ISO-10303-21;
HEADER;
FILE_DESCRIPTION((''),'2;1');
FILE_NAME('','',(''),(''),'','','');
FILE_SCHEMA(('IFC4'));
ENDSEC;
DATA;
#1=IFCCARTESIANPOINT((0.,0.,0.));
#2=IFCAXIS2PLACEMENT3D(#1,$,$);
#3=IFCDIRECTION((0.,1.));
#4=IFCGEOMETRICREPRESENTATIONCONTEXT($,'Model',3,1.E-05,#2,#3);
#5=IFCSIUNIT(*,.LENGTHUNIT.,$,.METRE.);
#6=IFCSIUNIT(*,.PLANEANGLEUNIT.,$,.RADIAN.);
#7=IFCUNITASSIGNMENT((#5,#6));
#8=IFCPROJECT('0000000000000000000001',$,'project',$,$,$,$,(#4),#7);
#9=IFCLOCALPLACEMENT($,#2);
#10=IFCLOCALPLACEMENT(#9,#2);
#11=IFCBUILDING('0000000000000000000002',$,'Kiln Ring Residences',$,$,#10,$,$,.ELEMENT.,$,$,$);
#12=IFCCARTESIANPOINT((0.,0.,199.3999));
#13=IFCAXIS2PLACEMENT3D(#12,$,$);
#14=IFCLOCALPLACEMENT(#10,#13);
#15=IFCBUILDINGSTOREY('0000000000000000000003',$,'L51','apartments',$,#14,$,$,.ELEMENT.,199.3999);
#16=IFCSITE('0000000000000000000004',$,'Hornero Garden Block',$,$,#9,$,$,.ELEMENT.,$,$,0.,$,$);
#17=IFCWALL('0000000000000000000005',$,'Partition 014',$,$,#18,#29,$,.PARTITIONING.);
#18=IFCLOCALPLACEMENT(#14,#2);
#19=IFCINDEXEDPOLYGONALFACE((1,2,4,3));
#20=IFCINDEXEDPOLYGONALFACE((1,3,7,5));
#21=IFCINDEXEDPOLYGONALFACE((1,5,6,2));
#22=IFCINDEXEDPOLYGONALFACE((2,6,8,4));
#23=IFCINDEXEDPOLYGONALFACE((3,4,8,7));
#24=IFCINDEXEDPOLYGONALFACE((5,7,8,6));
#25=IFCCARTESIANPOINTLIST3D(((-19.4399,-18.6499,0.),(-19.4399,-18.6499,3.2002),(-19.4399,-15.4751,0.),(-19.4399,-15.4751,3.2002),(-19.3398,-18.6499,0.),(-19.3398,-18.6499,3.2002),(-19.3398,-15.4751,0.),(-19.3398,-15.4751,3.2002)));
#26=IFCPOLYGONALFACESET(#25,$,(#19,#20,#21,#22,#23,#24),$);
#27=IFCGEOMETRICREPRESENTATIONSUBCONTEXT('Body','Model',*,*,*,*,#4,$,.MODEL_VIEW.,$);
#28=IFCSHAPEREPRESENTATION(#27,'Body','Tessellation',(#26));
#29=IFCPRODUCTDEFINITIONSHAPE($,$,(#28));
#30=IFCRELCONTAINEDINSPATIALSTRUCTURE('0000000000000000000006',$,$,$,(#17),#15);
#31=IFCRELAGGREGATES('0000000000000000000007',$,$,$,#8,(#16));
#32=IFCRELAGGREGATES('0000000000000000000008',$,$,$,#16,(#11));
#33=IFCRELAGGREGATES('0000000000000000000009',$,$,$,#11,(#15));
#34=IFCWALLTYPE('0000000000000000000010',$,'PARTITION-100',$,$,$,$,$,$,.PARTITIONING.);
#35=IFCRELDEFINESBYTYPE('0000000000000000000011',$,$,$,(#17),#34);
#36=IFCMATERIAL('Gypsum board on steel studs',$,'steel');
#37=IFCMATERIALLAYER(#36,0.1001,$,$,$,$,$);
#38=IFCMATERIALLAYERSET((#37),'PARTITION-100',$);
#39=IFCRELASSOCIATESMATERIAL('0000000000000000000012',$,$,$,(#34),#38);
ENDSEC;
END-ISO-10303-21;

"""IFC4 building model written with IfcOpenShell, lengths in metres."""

from ifc_helpers import new_model, si_unit, direction, frame, frame_2d, origin, place, context, subcontext, project, spatial, rectangle, extrude, material, layer, layer_set, type_object, element, save


model = new_model("IFC4")

# Units and contexts
model_context = context("Model", 3, precision=1e-05, world=origin(), true_north=direction((0.0, 1.0)))
body_context = subcontext(model_context, "Body", "Model", "MODEL_VIEW")
ifc_project = project(units=[si_unit("LENGTHUNIT", "METRE"), si_unit("PLANEANGLEUNIT", "RADIAN")], contexts=[model_context])

# Site, building, storey
site_placement = place(None, origin())
site = spatial("IfcSite", under=ifc_project, at=site_placement, Name="Hornero Garden Block", CompositionType="ELEMENT", RefElevation=0.0)
building_placement = place(site_placement, origin())
building = spatial("IfcBuilding", under=site, at=building_placement, Name="Kiln Ring Residences", CompositionType="ELEMENT")
storey_placement = place(building_placement, frame((0.0, 0.0, 199.3999)))
storey = spatial("IfcBuildingStorey", under=building, at=storey_placement, Name="L51", Description="apartments", CompositionType="ELEMENT", Elevation=199.3999)

# Shared definitions
ifc_material_1 = material(Name="Gypsum board on steel studs", Category="steel")
ifc_layer_1 = layer(ifc_material_1, 0.1001)
ifc_layer_set_1 = layer_set([ifc_layer_1], Name="PARTITION-100")
wall_type_1 = type_object("IfcWallType", Name="PARTITION-100", PredefinedType="PARTITIONING", material=ifc_layer_set_1)

# Wall
wall_1_placement = place(storey_placement, frame((-19.3899, -18.6499, 0.0), z_axis=(0.0, 0.0, 1.0), x_axis=(0.0, 1.0, 0.0)))
element("IfcWall", 1, at=wall_1_placement, inside=storey, type_object=wall_type_1, Name="Partition 014", PredefinedType="PARTITIONING", context=body_context, shape_type="SweptSolid", body=[
    extrude(rectangle(XDim=3.1748, YDim=0.1001, at=frame_2d((1.5874, 0.0))), origin(), (0.0, 0.0, 1.0), 3.2002),
])

save(model, "model.ifc")
